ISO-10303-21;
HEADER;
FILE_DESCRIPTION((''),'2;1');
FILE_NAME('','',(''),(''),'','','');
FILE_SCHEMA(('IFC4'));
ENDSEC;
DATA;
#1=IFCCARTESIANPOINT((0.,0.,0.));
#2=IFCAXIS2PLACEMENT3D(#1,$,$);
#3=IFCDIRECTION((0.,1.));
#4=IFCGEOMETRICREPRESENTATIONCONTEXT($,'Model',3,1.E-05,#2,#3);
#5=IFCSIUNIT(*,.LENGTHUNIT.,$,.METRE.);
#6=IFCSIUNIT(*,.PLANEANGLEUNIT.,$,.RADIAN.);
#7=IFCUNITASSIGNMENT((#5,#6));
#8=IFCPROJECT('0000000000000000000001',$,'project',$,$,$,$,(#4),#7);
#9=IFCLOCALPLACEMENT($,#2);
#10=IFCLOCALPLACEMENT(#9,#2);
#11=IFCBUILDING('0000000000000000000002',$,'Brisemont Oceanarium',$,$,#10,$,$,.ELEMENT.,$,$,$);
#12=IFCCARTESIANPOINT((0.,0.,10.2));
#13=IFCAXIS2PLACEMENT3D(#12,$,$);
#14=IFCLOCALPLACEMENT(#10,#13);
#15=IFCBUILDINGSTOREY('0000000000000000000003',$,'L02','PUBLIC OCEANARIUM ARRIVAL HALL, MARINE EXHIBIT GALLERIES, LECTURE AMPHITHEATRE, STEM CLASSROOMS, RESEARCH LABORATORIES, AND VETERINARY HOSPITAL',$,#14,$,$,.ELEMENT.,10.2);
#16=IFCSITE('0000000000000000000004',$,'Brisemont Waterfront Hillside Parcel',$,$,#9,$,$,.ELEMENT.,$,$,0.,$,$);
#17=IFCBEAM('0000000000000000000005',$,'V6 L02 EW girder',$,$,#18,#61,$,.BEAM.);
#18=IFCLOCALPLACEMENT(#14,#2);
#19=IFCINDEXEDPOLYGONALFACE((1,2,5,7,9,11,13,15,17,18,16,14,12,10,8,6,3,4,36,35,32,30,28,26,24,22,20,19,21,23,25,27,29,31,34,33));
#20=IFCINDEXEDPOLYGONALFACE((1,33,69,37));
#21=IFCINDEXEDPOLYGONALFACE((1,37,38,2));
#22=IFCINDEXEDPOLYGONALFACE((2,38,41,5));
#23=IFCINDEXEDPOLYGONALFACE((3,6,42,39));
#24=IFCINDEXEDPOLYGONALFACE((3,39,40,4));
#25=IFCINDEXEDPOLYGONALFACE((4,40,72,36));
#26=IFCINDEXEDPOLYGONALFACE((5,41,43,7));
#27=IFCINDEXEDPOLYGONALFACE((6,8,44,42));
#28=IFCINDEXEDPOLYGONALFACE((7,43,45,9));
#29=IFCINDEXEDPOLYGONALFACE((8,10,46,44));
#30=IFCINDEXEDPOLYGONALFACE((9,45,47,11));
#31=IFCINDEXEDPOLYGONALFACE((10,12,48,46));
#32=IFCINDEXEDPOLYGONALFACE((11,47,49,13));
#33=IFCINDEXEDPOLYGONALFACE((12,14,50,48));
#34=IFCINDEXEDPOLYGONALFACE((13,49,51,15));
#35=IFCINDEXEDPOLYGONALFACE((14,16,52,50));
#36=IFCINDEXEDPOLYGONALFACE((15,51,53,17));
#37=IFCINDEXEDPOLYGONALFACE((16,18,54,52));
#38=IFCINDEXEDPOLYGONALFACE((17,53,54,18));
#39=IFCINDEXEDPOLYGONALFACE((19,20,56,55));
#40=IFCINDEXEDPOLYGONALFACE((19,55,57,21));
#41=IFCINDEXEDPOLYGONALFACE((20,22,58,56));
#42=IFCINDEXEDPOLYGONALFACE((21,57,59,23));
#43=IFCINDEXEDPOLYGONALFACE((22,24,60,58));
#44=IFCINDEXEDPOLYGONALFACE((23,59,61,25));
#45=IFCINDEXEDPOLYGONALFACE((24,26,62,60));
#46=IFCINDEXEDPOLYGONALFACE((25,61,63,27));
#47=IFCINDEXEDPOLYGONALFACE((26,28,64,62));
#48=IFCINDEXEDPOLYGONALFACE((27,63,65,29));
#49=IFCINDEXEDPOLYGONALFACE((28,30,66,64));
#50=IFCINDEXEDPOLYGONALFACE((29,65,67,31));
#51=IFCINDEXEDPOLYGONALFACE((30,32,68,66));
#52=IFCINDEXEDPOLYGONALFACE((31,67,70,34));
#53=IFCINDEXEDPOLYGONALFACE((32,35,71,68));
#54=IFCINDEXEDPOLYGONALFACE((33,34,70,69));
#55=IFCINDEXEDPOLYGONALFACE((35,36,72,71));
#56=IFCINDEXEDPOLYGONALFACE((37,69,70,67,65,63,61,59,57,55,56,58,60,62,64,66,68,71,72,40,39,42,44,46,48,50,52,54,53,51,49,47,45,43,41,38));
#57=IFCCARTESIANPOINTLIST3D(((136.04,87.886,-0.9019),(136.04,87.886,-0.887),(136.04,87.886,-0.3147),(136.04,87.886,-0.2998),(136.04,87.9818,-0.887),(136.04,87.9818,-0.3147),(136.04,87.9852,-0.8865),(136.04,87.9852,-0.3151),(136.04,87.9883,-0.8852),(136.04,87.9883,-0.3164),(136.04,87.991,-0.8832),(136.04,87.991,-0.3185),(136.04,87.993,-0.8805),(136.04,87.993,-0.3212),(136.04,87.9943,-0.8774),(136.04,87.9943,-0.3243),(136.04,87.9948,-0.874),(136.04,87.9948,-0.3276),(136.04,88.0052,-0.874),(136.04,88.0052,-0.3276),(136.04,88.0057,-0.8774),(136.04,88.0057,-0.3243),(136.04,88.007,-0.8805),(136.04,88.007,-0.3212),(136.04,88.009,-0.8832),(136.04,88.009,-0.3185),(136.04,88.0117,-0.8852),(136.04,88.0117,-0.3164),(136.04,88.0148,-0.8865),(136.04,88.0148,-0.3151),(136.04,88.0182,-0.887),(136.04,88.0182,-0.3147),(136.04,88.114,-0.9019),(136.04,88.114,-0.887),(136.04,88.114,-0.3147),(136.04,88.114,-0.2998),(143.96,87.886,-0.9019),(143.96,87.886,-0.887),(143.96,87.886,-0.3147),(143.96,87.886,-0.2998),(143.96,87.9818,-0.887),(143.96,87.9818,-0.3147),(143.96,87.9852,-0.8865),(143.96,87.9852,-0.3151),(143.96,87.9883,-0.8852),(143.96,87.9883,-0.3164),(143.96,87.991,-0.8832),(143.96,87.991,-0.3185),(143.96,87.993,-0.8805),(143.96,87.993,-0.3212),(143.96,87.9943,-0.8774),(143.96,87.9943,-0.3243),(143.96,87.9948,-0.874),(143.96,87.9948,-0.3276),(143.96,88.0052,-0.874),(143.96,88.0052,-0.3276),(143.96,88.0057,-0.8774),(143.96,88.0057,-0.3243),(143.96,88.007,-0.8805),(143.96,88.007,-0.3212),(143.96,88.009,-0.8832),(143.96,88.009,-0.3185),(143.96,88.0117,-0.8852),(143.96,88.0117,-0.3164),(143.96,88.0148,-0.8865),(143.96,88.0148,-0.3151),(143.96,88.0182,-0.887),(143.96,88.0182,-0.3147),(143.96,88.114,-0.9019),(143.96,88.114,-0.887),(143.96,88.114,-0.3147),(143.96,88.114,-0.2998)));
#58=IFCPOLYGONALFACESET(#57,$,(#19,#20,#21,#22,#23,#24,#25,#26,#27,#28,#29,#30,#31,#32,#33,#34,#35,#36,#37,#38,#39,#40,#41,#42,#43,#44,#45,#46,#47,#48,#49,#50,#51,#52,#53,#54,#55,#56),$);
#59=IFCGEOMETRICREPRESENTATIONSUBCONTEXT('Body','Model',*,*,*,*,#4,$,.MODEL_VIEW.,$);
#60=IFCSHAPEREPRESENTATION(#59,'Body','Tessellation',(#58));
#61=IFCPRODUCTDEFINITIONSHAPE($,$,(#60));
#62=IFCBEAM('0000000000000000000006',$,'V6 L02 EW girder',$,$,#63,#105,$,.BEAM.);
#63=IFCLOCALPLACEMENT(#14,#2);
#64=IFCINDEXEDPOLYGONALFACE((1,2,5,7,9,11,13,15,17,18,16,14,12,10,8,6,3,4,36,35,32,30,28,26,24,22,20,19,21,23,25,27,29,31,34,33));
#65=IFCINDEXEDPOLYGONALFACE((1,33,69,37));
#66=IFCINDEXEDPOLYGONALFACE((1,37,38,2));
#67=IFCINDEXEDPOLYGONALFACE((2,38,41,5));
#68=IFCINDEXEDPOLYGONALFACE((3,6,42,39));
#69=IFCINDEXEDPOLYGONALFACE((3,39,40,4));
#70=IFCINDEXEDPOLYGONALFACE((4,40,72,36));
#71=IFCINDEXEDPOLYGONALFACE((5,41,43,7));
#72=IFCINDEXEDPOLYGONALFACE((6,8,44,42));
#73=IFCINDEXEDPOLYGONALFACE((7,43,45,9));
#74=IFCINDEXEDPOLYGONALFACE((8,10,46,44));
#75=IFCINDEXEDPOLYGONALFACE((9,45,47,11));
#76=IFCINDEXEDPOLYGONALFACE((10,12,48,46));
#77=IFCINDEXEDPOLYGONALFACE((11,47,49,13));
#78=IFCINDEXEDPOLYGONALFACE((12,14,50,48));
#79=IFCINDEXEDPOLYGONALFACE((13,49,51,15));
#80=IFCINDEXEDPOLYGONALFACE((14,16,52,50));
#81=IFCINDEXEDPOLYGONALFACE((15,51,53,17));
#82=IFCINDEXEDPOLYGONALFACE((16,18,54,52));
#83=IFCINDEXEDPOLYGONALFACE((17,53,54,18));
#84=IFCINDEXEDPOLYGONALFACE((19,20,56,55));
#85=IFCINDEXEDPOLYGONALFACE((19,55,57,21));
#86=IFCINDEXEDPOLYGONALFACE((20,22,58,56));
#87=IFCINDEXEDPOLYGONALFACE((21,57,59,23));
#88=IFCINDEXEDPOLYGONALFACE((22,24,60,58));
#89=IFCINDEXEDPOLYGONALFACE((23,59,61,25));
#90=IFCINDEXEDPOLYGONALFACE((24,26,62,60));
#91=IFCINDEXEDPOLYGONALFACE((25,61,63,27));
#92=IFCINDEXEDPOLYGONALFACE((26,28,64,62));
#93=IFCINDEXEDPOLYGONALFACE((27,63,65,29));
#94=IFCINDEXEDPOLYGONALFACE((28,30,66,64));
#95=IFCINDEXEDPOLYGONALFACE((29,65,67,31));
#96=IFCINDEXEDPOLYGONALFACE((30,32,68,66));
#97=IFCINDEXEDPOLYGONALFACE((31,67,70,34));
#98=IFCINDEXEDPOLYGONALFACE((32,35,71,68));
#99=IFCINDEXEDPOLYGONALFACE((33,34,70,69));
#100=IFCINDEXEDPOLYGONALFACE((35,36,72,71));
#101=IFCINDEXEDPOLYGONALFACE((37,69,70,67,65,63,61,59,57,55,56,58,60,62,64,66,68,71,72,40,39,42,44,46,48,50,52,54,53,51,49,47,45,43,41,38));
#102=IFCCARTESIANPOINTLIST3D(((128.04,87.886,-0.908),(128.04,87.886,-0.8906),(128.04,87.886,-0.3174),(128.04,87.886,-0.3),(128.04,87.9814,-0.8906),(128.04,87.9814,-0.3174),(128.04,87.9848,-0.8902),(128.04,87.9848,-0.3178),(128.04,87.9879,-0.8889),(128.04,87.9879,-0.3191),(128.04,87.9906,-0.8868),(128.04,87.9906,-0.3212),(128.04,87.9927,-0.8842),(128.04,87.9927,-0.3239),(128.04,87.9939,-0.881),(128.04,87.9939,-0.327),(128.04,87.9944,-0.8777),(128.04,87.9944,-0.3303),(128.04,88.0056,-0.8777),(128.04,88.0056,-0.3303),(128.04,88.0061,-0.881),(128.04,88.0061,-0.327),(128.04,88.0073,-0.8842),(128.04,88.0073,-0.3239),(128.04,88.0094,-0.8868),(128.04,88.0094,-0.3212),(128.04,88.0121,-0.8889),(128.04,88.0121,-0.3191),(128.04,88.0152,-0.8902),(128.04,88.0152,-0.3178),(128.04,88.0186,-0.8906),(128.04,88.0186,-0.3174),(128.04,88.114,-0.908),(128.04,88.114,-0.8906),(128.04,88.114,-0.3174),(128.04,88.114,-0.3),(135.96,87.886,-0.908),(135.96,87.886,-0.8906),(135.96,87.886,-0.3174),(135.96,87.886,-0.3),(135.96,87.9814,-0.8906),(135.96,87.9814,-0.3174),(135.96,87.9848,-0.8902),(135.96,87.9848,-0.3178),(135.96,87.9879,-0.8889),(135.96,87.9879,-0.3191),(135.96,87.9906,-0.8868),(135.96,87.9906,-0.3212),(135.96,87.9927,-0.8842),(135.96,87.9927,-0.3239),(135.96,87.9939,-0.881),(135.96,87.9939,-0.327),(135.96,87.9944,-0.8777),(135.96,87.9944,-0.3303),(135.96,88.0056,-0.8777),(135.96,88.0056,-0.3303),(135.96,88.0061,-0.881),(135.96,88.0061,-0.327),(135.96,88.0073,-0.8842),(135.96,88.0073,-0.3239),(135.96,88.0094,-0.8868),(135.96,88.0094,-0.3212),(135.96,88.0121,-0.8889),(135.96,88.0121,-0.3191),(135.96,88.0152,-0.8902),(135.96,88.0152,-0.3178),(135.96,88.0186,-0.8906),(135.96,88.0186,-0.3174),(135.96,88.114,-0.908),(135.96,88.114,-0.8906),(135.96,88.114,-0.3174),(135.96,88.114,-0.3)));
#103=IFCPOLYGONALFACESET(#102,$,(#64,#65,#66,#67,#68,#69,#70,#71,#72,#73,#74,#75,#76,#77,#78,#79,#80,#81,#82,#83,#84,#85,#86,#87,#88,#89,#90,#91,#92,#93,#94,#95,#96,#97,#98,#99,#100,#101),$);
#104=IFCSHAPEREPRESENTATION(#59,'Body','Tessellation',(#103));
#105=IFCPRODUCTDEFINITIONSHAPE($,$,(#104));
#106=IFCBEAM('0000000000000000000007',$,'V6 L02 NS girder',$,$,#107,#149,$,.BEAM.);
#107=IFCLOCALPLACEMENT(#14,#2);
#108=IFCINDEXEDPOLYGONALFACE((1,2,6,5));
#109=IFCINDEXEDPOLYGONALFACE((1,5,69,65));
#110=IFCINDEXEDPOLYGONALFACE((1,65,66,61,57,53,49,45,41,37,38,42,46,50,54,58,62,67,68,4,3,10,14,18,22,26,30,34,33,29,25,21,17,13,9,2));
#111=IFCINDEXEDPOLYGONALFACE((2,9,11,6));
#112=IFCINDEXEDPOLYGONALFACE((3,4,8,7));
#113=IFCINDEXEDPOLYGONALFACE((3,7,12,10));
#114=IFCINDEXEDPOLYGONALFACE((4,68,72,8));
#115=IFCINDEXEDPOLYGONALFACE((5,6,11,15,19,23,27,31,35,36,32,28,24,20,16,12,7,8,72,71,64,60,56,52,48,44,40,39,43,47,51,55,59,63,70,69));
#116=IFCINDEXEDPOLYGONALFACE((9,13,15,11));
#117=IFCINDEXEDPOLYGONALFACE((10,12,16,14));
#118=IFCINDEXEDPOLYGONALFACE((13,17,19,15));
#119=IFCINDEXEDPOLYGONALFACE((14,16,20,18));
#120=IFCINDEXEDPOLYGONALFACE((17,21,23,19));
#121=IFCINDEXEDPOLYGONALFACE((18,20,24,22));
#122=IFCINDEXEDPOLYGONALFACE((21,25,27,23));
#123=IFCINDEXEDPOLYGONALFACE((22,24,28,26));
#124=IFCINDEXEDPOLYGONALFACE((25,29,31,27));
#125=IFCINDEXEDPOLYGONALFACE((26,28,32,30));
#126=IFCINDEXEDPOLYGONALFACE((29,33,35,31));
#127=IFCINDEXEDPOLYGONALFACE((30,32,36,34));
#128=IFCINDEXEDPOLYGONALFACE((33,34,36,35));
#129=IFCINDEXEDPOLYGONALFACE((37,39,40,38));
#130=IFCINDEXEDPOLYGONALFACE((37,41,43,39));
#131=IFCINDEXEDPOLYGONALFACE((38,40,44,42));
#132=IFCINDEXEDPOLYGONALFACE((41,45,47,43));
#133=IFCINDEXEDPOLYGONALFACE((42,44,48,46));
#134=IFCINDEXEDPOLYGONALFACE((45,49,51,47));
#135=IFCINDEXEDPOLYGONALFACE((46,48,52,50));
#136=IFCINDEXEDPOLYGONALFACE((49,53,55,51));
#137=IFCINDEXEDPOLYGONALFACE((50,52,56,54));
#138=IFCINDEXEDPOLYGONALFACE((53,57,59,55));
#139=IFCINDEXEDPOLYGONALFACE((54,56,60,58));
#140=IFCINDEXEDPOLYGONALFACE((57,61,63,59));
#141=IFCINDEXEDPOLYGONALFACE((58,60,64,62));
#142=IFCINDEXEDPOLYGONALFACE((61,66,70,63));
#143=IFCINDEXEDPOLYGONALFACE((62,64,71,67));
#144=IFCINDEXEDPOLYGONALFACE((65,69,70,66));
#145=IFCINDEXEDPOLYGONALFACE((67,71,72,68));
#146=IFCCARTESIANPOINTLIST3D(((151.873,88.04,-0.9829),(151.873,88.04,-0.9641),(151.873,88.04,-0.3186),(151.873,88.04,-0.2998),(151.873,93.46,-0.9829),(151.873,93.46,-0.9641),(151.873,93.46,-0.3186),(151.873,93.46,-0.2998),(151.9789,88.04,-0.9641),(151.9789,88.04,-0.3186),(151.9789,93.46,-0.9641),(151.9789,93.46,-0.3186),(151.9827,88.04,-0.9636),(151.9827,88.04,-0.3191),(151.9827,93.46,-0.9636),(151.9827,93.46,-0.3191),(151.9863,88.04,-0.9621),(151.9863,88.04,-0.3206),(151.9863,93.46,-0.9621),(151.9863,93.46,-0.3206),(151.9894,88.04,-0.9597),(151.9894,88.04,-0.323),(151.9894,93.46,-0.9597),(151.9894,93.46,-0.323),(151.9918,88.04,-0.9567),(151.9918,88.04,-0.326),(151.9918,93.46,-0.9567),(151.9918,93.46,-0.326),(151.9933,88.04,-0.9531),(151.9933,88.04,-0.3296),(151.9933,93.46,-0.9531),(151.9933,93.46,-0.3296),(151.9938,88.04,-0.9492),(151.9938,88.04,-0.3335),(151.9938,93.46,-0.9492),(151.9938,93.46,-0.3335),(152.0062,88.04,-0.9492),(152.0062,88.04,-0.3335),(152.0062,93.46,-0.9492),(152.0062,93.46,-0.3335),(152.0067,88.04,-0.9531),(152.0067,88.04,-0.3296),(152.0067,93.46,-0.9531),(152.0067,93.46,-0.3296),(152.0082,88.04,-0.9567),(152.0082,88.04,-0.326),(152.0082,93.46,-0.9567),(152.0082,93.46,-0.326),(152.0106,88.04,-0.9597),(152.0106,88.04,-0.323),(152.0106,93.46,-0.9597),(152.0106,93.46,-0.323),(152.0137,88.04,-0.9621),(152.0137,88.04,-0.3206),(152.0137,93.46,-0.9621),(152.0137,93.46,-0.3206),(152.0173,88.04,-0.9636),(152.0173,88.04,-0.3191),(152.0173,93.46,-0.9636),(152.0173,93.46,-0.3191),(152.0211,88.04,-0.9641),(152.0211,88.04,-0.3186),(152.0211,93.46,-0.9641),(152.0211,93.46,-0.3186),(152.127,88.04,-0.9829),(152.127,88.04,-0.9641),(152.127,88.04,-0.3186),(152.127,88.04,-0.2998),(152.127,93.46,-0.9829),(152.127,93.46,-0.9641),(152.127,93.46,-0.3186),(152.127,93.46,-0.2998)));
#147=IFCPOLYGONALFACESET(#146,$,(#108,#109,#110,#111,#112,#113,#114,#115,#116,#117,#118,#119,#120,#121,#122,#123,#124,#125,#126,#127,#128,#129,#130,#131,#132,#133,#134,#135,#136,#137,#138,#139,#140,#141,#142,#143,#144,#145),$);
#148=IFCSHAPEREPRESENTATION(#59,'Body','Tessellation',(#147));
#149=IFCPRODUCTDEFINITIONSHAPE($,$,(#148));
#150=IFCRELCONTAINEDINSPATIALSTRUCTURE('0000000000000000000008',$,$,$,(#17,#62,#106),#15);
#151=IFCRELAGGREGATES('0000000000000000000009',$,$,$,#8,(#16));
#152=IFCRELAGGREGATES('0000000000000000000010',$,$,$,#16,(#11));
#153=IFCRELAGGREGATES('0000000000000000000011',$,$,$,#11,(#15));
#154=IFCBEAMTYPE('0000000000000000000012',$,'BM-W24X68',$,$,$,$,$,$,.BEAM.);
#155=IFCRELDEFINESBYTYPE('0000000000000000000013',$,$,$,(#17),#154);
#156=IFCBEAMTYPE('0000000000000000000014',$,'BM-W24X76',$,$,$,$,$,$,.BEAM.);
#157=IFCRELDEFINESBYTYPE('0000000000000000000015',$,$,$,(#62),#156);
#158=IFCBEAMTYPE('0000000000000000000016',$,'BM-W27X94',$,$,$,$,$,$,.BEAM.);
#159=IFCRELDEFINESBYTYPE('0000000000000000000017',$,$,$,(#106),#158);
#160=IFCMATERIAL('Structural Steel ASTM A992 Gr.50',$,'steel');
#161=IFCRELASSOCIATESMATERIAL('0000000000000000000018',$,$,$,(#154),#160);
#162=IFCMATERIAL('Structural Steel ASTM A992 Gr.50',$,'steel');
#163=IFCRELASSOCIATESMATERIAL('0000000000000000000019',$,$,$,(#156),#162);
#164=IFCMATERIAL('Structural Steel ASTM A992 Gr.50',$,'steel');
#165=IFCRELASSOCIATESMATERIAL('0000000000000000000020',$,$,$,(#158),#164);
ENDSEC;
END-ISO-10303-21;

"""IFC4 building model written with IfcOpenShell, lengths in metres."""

from ifc_helpers import new_model, si_unit, direction, frame, origin, origin_2d, place, context, subcontext, project, spatial, i_section, extrude, material, material_profile, profile_set, type_object, element, save


model = new_model("IFC4")

# Units and contexts
model_context = context("Model", 3, precision=1e-05, world=origin(), true_north=direction((0.0, 1.0)))
body_context = subcontext(model_context, "Body", "Model", "MODEL_VIEW")
ifc_project = project(units=[si_unit("LENGTHUNIT", "METRE"), si_unit("PLANEANGLEUNIT", "RADIAN")], contexts=[model_context])

# Site, building, storey
site_placement = place(None, origin())
site = spatial("IfcSite", under=ifc_project, at=site_placement, Name="Brisemont Waterfront Hillside Parcel", CompositionType="ELEMENT", RefElevation=0.0)
building_placement = place(site_placement, origin())
building = spatial("IfcBuilding", under=site, at=building_placement, Name="Brisemont Oceanarium", CompositionType="ELEMENT")
storey_placement = place(building_placement, frame((0.0, 0.0, 10.2)))
storey = spatial("IfcBuildingStorey", under=building, at=storey_placement, Name="L02", Description="PUBLIC OCEANARIUM ARRIVAL HALL, MARINE EXHIBIT GALLERIES, LECTURE AMPHITHEATRE, STEM CLASSROOMS, RESEARCH LABORATORIES, AND VETERINARY HOSPITAL", CompositionType="ELEMENT", Elevation=10.2)

# Beams
ifc_material_1 = material(Name="Structural Steel ASTM A992 Gr.50", Category="steel")
ifc_material_profile_1 = material_profile(ifc_material_1, i_section(OverallWidth=0.228, OverallDepth=0.6021, WebThickness=0.0105, FlangeThickness=0.0149, FilletRadius=0.0129, at=origin_2d()), Name="W24X68")
ifc_profile_set_1 = profile_set([ifc_material_profile_1], Name="Structural Steel ASTM A992 Gr.50")
beam_type_1 = type_object("IfcBeamType", Name="BM-W24X68", PredefinedType="BEAM", material=ifc_profile_set_1)
beam_1_placement = place(storey_placement, frame((136.04, 88.0, -0.6008), z_axis=(1.0, 0.0, 0.0), x_axis=(0.0, 1.0, 0.0)))
element("IfcBeam", 1, at=beam_1_placement, inside=storey, type_object=beam_type_1, Name="V6 L02 EW girder", PredefinedType="BEAM", context=body_context, shape_type="SweptSolid", body=[
    extrude(i_section(OverallWidth=0.228, OverallDepth=0.6021, WebThickness=0.0105, FlangeThickness=0.0149, FilletRadius=0.0129, at=origin_2d()), origin(), (0.0, 0.0, 1.0), 7.9199),
])
ifc_material_2 = material(Name="Structural Steel ASTM A992 Gr.50", Category="steel")
ifc_material_profile_2 = material_profile(ifc_material_2, i_section(OverallWidth=0.228, OverallDepth=0.6079, WebThickness=0.0112, FlangeThickness=0.0173, FilletRadius=0.0129, at=origin_2d()), Name="W24X76")
ifc_profile_set_2 = profile_set([ifc_material_profile_2], Name="Structural Steel ASTM A992 Gr.50")
beam_type_2 = type_object("IfcBeamType", Name="BM-W24X76", PredefinedType="BEAM", material=ifc_profile_set_2)
beam_2_placement = place(storey_placement, frame((128.04, 88.0, -0.604), z_axis=(1.0, 0.0, 0.0), x_axis=(0.0, 1.0, 0.0)))
element("IfcBeam", 2, at=beam_2_placement, inside=storey, type_object=beam_type_2, Name="V6 L02 EW girder", PredefinedType="BEAM", context=body_context, shape_type="SweptSolid", body=[
    extrude(i_section(OverallWidth=0.228, OverallDepth=0.6079, WebThickness=0.0112, FlangeThickness=0.0173, FilletRadius=0.0129, at=origin_2d()), origin(), (0.0, 0.0, 1.0), 7.9199),
])
ifc_material_3 = material(Name="Structural Steel ASTM A992 Gr.50", Category="steel")
ifc_material_profile_3 = material_profile(ifc_material_3, i_section(OverallWidth=0.2539, OverallDepth=0.6831, WebThickness=0.0125, FlangeThickness=0.0188, FilletRadius=0.0149, at=origin_2d()), Name="W27X94")
ifc_profile_set_3 = profile_set([ifc_material_profile_3], Name="Structural Steel ASTM A992 Gr.50")
beam_type_3 = type_object("IfcBeamType", Name="BM-W27X94", PredefinedType="BEAM", material=ifc_profile_set_3)
beam_3_placement = place(storey_placement, frame((152.0, 88.04, -0.6414), z_axis=(0.0, 1.0, 0.0), x_axis=(-1.0, 0.0, 0.0)))
element("IfcBeam", 3, at=beam_3_placement, inside=storey, type_object=beam_type_3, Name="V6 L02 NS girder", PredefinedType="BEAM", context=body_context, shape_type="SweptSolid", body=[
    extrude(i_section(OverallWidth=0.2539, OverallDepth=0.6831, WebThickness=0.0125, FlangeThickness=0.0188, FilletRadius=0.0149, at=origin_2d()), origin(), (0.0, 0.0, 1.0), 5.4199),
])

save(model, "model.ifc")
